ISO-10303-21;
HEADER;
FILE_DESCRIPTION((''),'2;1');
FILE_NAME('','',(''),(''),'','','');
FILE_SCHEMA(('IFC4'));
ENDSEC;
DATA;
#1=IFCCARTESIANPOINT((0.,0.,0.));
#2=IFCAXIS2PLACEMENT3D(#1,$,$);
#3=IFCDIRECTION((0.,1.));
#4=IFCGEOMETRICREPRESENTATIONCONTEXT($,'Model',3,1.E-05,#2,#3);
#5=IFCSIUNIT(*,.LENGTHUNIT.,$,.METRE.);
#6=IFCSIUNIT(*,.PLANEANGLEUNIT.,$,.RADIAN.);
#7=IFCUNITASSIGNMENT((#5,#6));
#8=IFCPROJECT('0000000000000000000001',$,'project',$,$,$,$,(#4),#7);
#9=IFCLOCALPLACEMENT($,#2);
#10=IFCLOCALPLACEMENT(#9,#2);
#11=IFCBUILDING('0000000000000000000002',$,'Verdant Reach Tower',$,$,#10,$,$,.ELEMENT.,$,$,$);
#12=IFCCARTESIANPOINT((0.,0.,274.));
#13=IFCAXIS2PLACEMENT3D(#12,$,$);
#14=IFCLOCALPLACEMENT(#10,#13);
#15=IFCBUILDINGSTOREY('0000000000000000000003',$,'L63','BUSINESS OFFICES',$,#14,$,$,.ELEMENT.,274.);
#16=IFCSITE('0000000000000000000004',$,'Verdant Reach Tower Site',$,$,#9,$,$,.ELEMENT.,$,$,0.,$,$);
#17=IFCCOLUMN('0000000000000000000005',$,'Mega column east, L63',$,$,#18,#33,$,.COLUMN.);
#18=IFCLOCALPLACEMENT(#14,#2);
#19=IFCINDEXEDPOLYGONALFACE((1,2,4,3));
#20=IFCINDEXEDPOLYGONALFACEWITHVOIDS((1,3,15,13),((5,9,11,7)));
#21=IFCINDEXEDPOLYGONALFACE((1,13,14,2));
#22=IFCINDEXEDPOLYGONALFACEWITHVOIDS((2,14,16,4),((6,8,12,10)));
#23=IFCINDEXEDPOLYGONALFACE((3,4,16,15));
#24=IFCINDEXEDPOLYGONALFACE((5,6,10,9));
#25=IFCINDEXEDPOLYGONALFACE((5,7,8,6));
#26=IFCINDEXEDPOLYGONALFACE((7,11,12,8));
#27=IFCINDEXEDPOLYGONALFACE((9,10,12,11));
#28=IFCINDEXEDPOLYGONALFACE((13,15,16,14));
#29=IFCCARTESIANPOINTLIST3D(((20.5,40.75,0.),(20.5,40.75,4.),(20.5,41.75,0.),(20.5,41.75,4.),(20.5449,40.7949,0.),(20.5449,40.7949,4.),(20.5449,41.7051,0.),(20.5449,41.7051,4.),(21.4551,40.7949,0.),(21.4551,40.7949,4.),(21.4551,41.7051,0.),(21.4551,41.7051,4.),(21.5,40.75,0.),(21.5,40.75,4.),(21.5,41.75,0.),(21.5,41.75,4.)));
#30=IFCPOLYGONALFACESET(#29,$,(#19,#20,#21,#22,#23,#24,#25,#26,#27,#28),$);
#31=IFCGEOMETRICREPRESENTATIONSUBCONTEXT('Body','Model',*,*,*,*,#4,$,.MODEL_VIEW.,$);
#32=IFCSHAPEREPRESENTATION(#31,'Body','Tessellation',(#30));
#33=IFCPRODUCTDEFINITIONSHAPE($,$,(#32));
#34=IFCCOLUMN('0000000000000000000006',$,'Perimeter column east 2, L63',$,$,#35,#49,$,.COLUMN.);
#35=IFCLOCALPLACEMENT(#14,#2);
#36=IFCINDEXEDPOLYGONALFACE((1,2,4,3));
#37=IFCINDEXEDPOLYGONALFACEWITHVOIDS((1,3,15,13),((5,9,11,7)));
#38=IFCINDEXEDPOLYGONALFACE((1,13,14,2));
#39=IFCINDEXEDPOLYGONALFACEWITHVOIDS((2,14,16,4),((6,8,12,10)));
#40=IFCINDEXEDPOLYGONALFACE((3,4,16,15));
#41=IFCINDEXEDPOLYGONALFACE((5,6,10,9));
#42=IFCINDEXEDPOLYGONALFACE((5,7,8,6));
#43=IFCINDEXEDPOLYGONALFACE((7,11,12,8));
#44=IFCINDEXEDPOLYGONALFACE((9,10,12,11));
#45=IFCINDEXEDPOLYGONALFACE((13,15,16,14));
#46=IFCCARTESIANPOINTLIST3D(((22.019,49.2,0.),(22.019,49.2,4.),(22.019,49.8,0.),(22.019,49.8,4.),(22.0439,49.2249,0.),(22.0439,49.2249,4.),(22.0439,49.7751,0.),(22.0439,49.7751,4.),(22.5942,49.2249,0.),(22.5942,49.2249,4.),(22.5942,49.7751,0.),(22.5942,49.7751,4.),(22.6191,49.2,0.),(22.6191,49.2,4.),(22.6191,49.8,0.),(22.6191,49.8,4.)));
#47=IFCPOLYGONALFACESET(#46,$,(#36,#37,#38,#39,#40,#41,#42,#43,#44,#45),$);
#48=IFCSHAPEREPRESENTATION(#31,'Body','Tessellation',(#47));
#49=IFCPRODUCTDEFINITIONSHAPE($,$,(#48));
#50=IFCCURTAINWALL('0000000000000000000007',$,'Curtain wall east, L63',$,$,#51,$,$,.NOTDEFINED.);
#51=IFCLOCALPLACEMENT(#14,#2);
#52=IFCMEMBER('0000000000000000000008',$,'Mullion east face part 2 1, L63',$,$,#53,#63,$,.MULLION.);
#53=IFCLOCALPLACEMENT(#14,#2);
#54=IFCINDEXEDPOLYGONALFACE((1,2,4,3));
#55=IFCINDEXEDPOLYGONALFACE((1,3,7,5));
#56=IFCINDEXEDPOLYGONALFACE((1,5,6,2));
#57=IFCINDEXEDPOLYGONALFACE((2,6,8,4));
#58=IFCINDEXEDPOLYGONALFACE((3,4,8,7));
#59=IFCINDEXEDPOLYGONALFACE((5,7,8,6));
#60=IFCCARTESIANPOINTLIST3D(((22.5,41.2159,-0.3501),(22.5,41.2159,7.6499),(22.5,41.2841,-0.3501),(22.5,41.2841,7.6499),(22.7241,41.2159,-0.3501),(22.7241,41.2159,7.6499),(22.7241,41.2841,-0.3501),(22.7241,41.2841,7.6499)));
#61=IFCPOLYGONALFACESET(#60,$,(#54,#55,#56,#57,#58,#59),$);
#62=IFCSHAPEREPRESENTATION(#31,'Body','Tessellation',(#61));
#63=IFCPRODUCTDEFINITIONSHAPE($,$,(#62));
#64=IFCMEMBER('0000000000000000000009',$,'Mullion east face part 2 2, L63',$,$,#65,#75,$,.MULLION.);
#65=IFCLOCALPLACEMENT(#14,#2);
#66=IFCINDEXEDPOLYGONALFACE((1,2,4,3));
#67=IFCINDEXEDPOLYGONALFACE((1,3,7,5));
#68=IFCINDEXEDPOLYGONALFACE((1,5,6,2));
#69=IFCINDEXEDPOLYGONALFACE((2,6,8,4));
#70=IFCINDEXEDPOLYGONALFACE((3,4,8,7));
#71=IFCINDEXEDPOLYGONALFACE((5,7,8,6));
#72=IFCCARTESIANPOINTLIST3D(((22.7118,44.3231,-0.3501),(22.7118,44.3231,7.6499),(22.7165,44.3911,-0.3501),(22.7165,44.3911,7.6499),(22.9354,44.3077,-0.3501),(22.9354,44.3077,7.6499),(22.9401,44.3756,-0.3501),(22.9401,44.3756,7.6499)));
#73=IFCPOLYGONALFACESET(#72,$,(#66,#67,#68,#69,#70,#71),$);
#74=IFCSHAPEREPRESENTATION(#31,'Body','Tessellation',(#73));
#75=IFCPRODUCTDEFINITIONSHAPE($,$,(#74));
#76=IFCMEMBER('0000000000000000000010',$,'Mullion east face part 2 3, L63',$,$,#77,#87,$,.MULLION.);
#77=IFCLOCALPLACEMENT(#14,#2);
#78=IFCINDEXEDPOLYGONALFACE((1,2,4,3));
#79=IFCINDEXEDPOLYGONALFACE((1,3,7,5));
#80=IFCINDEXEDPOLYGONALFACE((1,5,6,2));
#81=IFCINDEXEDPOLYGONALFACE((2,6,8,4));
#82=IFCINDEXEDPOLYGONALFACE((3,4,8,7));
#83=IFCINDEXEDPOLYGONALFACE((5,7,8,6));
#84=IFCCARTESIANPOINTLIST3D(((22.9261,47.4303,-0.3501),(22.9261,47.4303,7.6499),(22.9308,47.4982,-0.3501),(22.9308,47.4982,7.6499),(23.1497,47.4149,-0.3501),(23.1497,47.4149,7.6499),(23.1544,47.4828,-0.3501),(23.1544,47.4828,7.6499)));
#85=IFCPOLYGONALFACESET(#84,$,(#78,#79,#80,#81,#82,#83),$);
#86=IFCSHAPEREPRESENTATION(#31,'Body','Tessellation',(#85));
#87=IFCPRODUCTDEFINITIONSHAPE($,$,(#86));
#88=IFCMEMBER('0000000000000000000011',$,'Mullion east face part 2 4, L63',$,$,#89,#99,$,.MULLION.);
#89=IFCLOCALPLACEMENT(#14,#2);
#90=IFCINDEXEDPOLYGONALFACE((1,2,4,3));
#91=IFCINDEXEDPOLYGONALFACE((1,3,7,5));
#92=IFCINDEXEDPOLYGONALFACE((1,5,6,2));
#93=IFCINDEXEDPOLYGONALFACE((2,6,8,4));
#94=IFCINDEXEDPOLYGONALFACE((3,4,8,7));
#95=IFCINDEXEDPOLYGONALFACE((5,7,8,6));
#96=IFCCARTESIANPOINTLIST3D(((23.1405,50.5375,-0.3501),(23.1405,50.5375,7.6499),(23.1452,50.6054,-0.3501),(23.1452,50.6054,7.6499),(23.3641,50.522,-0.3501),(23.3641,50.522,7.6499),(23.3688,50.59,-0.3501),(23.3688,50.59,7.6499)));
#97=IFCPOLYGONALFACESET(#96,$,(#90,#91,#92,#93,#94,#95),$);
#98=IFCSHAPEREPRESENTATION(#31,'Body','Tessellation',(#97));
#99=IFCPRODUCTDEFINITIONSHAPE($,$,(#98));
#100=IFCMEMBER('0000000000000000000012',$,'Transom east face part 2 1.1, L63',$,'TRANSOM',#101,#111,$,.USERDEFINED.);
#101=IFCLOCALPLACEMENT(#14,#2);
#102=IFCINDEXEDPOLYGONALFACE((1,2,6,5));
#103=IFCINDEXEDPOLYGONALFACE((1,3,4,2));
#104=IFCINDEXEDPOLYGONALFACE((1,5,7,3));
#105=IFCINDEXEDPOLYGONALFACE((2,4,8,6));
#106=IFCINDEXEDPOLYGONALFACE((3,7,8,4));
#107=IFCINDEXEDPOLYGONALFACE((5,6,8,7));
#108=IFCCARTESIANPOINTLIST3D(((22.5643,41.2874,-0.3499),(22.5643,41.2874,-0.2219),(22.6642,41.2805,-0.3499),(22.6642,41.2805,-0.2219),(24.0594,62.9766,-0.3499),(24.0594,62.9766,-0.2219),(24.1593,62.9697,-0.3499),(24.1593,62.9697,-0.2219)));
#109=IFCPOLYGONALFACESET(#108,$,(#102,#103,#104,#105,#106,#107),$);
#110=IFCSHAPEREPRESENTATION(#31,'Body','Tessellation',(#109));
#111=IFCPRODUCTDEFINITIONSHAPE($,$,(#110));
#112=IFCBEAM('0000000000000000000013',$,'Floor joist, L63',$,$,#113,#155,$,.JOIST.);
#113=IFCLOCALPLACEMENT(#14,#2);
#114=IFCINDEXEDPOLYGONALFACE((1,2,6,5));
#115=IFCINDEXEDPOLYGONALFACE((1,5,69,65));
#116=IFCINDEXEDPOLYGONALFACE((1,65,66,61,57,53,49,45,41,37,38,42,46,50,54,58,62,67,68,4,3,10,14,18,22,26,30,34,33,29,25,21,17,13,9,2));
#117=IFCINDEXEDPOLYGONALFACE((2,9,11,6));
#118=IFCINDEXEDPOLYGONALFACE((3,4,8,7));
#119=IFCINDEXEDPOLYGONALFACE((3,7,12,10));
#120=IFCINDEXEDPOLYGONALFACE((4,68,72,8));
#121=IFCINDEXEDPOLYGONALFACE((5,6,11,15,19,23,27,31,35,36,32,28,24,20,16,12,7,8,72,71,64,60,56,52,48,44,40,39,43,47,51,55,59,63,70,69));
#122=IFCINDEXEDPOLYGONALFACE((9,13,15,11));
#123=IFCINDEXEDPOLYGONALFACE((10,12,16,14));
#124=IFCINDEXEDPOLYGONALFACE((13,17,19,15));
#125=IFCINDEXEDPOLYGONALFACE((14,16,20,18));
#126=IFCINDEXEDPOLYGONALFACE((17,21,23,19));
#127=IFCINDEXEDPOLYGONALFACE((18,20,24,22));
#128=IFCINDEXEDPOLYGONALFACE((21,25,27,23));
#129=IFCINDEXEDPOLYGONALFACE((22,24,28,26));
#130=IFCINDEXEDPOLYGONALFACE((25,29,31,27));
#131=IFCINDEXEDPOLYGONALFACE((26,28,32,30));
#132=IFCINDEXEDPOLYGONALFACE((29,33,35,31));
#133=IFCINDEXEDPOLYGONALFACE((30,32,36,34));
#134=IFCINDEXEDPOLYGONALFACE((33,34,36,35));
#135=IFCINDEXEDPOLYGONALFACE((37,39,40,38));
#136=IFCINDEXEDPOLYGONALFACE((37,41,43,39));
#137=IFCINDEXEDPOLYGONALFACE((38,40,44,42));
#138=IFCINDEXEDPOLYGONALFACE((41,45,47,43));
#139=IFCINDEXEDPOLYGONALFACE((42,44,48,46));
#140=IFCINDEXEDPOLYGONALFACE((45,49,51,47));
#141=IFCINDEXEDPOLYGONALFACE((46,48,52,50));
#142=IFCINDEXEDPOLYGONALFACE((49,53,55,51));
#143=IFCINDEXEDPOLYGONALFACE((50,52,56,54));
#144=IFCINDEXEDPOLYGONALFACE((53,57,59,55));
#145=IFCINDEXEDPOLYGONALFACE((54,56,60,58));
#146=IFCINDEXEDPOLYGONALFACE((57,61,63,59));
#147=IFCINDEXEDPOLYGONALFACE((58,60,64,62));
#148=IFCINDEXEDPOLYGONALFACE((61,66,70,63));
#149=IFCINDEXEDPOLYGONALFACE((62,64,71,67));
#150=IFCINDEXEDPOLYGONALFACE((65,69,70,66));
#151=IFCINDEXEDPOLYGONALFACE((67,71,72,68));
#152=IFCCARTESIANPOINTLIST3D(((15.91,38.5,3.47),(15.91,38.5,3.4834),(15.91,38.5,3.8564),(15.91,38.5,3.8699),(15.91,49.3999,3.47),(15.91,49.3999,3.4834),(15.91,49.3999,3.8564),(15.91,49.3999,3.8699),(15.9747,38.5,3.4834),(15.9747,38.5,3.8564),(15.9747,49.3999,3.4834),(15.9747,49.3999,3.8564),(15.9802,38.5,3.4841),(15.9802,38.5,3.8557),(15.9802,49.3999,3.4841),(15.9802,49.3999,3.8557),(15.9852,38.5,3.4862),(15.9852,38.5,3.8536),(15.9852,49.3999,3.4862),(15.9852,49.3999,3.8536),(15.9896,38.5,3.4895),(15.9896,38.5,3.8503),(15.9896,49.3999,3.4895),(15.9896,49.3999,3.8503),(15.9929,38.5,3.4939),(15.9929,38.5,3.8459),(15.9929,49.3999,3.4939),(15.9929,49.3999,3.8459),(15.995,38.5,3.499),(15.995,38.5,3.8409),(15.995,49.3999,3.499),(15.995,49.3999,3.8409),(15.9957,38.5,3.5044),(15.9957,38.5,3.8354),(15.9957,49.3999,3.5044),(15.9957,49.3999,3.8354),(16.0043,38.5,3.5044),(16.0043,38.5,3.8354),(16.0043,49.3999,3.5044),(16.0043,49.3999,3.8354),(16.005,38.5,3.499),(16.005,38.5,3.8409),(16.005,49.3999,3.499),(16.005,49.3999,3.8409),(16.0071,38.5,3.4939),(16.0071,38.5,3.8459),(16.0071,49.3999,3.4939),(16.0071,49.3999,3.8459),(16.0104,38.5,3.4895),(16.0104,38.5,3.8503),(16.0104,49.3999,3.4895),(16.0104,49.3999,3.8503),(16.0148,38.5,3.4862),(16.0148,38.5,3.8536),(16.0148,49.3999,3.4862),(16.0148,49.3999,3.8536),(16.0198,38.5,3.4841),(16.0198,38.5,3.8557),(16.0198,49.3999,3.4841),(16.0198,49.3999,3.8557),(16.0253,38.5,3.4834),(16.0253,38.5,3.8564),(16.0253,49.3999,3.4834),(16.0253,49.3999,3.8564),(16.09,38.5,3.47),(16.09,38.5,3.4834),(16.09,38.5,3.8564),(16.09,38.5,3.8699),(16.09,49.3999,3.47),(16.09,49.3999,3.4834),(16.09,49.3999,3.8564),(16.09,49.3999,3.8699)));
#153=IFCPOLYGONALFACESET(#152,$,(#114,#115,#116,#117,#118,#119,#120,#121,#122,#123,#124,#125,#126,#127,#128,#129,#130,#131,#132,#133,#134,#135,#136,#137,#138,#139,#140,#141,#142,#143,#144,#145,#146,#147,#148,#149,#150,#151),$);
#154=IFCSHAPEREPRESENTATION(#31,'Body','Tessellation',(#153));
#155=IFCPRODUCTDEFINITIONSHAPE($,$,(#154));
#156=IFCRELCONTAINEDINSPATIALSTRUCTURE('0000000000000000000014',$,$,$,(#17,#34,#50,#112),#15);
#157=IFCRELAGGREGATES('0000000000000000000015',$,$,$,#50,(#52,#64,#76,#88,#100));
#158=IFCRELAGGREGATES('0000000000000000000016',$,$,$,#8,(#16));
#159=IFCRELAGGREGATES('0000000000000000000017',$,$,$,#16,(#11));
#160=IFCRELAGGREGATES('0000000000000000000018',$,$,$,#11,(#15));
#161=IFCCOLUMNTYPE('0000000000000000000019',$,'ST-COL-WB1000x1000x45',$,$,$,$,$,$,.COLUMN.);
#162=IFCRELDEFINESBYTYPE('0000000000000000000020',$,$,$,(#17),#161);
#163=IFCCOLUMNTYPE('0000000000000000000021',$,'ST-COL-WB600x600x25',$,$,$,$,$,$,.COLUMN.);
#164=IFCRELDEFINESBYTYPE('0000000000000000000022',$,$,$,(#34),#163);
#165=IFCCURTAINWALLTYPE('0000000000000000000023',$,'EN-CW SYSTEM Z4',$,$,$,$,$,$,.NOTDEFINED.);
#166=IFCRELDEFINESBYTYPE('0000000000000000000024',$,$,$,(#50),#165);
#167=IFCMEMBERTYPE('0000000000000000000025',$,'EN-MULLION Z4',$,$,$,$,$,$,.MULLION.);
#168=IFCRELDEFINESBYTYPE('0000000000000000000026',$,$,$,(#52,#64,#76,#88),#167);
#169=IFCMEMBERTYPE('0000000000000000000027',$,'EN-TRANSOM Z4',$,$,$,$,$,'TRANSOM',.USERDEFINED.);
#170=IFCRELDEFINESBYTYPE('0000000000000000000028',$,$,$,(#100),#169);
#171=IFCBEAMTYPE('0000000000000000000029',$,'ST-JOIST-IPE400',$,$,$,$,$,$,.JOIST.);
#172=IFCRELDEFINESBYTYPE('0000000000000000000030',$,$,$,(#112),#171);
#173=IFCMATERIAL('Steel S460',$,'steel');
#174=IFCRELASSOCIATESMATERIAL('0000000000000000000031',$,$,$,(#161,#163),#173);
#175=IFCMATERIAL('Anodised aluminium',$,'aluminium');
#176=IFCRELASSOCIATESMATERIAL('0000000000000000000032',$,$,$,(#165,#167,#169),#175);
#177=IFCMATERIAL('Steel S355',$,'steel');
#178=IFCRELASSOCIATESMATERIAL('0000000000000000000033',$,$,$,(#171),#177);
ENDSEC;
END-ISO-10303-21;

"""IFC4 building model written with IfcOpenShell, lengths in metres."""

from ifc_helpers import new_model, si_unit, direction, frame, origin, origin_2d, place, context, subcontext, project, spatial, rectangle, hollow_rectangle, i_section, extrude, material, material_profile, profile_set, type_object, element, aggregate, save


model = new_model("IFC4")

# Units and contexts
model_context = context("Model", 3, precision=1e-05, world=origin(), true_north=direction((0.0, 1.0)))
body_context = subcontext(model_context, "Body", "Model", "MODEL_VIEW")
ifc_project = project(units=[si_unit("LENGTHUNIT", "METRE"), si_unit("PLANEANGLEUNIT", "RADIAN")], contexts=[model_context])

# Site, building, storey
site_placement = place(None, origin())
site = spatial("IfcSite", under=ifc_project, at=site_placement, Name="Verdant Reach Tower Site", CompositionType="ELEMENT", RefElevation=0.0)
building_placement = place(site_placement, origin())
building = spatial("IfcBuilding", under=site, at=building_placement, Name="Verdant Reach Tower", CompositionType="ELEMENT")
storey_placement = place(building_placement, frame((0.0, 0.0, 274.0)))
storey = spatial("IfcBuildingStorey", under=building, at=storey_placement, Name="L63", Description="BUSINESS OFFICES", CompositionType="ELEMENT", Elevation=274.0)

# Columns
ifc_material_1 = material(Name="Steel S460", Category="steel")
ifc_material_profile_1 = material_profile(ifc_material_1, hollow_rectangle(XDim=1.0, YDim=1.0, WallThickness=0.0449, at=origin_2d()), Name="WB 1000x1000x45")
ifc_profile_set_1 = profile_set([ifc_material_profile_1], Name="Steel S460")
column_type_1 = type_object("IfcColumnType", Name="ST-COL-WB1000x1000x45", PredefinedType="COLUMN", material=ifc_profile_set_1)
column_1_placement = place(storey_placement, frame((21.0, 41.25, 0.0), z_axis=(0.0, 0.0, 1.0), x_axis=(1.0, 0.0, 0.0)))
element("IfcColumn", 1, at=column_1_placement, inside=storey, type_object=column_type_1, Name="Mega column east, L63", PredefinedType="COLUMN", context=body_context, shape_type="SweptSolid", body=[
    extrude(hollow_rectangle(XDim=1.0, YDim=1.0, WallThickness=0.0449, at=origin_2d()), origin(), (0.0, 0.0, 1.0), 4.0),
])
ifc_material_profile_2 = material_profile(ifc_material_1, hollow_rectangle(XDim=0.6001, YDim=0.6001, WallThickness=0.0249, at=origin_2d()), Name="WB 600x600x25")
ifc_profile_set_2 = profile_set([ifc_material_profile_2], Name="Steel S460")
column_type_2 = type_object("IfcColumnType", Name="ST-COL-WB600x600x25", PredefinedType="COLUMN", material=ifc_profile_set_2)
column_2_placement = place(storey_placement, frame((22.3191, 49.5, 0.0), z_axis=(0.0, 0.0, 1.0), x_axis=(1.0, 0.0, 0.0)))
element("IfcColumn", 2, at=column_2_placement, inside=storey, type_object=column_type_2, Name="Perimeter column east 2, L63", PredefinedType="COLUMN", context=body_context, shape_type="SweptSolid", body=[
    extrude(hollow_rectangle(XDim=0.6001, YDim=0.6001, WallThickness=0.0249, at=origin_2d()), origin(), (0.0, 0.0, 1.0), 4.0),
])

# Curtain wall, members
ifc_material_2 = material(Name="Anodised aluminium", Category="aluminium")
curtain_wall_type = type_object("IfcCurtainWallType", Name="EN-CW SYSTEM Z4", PredefinedType="NOTDEFINED", material=ifc_material_2)
curtain_wall_placement = place(storey_placement, origin())
curtain_wall = element("IfcCurtainWall", 3, at=curtain_wall_placement, inside=storey, type_object=curtain_wall_type, Name="Curtain wall east, L63", PredefinedType="NOTDEFINED")
ifc_material_profile_3 = material_profile(ifc_material_2, rectangle(XDim=0.2241, YDim=0.0681, at=origin_2d()), Name="Mullion 68x224")
ifc_profile_set_3 = profile_set([ifc_material_profile_3], Name="Anodised aluminium")
member_type_1 = type_object("IfcMemberType", Name="EN-MULLION Z4", PredefinedType="MULLION", material=ifc_profile_set_3)
member_1_placement = place(storey_placement, frame((22.6121, 41.25, -0.3501), z_axis=(0.0, 0.0, 1.0), x_axis=(1.0, 0.0, 0.0)))
member_1 = element("IfcMember", 4, at=member_1_placement, type_object=member_type_1, Name="Mullion east face part 2 1, L63", PredefinedType="MULLION", context=body_context, shape_type="SweptSolid", body=[
    extrude(rectangle(XDim=0.2241, YDim=0.0681, at=origin_2d()), origin(), (0.0, 0.0, 1.0), 8.0),
])
member_2_placement = place(storey_placement, frame((22.8259, 44.3494, -0.3501), z_axis=(0.0, 0.0, 1.0), x_axis=(0.99763, -0.068802, 0.0)))
member_2 = element("IfcMember", 5, at=member_2_placement, type_object=member_type_1, Name="Mullion east face part 2 2, L63", PredefinedType="MULLION", context=body_context, shape_type="SweptSolid", body=[
    extrude(rectangle(XDim=0.2241, YDim=0.0681, at=origin_2d()), origin(), (0.0, 0.0, 1.0), 8.0),
])
member_3_placement = place(storey_placement, frame((23.0403, 47.4565, -0.3501), z_axis=(0.0, 0.0, 1.0), x_axis=(0.99763, -0.068802, 0.0)))
member_3 = element("IfcMember", 6, at=member_3_placement, type_object=member_type_1, Name="Mullion east face part 2 3, L63", PredefinedType="MULLION", context=body_context, shape_type="SweptSolid", body=[
    extrude(rectangle(XDim=0.2241, YDim=0.0681, at=origin_2d()), origin(), (0.0, 0.0, 1.0), 8.0),
])
member_4_placement = place(storey_placement, frame((23.2546, 50.5637, -0.3501), z_axis=(0.0, 0.0, 1.0), x_axis=(0.99763, -0.068802, 0.0)))
member_4 = element("IfcMember", 7, at=member_4_placement, type_object=member_type_1, Name="Mullion east face part 2 4, L63", PredefinedType="MULLION", context=body_context, shape_type="SweptSolid", body=[
    extrude(rectangle(XDim=0.2241, YDim=0.0681, at=origin_2d()), origin(), (0.0, 0.0, 1.0), 8.0),
])
ifc_material_profile_4 = material_profile(ifc_material_2, rectangle(XDim=0.1001, YDim=0.1279, at=origin_2d()), Name="Transom 128x100")
ifc_profile_set_4 = profile_set([ifc_material_profile_4], Name="Anodised aluminium")
member_type_2 = type_object("IfcMemberType", Name="EN-TRANSOM Z4", ElementType="TRANSOM", PredefinedType="USERDEFINED", material=ifc_profile_set_4)
member_5_placement = place(storey_placement, frame((22.6143, 41.2839, -0.2859), z_axis=(0.06877, 0.997633, 0.0), x_axis=(-0.997633, 0.06877, 0.0)))
member_5 = element("IfcMember", 8, at=member_5_placement, type_object=member_type_2, Name="Transom east face part 2 1.1, L63", ObjectType="TRANSOM", PredefinedType="USERDEFINED", context=body_context, shape_type="SweptSolid", body=[
    extrude(rectangle(XDim=0.1001, YDim=0.1279, at=origin_2d()), origin(), (0.0, 0.0, 1.0), 21.7407),
])

# Beam
ifc_material_3 = material(Name="Steel S355", Category="steel")
ifc_material_profile_5 = material_profile(ifc_material_3, i_section(OverallWidth=0.1799, OverallDepth=0.3999, WebThickness=0.0085, FlangeThickness=0.0134, FilletRadius=0.021, at=origin_2d()), Name="IPE 400")
ifc_profile_set_5 = profile_set([ifc_material_profile_5], Name="Steel S355")
beam_type_1 = type_object("IfcBeamType", Name="ST-JOIST-IPE400", PredefinedType="JOIST", material=ifc_profile_set_5)
for number, where, z_axis, x_axis, name in (
    (9, (16.0, 38.5, 3.6699), (0.0, 1.0, 0.0), (-1.0, 0.0, 0.0), "Floor joist, L63"),
):
    element("IfcBeam", number, at=place(storey_placement, frame(where, z_axis=z_axis, x_axis=x_axis)), inside=storey, type_object=beam_type_1, Name=name, PredefinedType="JOIST", context=body_context, shape_type="SweptSolid", body=[
        extrude(i_section(OverallWidth=0.1799, OverallDepth=0.3999, WebThickness=0.0085, FlangeThickness=0.0134, FilletRadius=0.021, at=origin_2d()), origin(), (0.0, 0.0, 1.0), 10.8999),
    ])

aggregate(curtain_wall, [member_1, member_2, member_3, member_4, member_5])

save(model, "model.ifc")
